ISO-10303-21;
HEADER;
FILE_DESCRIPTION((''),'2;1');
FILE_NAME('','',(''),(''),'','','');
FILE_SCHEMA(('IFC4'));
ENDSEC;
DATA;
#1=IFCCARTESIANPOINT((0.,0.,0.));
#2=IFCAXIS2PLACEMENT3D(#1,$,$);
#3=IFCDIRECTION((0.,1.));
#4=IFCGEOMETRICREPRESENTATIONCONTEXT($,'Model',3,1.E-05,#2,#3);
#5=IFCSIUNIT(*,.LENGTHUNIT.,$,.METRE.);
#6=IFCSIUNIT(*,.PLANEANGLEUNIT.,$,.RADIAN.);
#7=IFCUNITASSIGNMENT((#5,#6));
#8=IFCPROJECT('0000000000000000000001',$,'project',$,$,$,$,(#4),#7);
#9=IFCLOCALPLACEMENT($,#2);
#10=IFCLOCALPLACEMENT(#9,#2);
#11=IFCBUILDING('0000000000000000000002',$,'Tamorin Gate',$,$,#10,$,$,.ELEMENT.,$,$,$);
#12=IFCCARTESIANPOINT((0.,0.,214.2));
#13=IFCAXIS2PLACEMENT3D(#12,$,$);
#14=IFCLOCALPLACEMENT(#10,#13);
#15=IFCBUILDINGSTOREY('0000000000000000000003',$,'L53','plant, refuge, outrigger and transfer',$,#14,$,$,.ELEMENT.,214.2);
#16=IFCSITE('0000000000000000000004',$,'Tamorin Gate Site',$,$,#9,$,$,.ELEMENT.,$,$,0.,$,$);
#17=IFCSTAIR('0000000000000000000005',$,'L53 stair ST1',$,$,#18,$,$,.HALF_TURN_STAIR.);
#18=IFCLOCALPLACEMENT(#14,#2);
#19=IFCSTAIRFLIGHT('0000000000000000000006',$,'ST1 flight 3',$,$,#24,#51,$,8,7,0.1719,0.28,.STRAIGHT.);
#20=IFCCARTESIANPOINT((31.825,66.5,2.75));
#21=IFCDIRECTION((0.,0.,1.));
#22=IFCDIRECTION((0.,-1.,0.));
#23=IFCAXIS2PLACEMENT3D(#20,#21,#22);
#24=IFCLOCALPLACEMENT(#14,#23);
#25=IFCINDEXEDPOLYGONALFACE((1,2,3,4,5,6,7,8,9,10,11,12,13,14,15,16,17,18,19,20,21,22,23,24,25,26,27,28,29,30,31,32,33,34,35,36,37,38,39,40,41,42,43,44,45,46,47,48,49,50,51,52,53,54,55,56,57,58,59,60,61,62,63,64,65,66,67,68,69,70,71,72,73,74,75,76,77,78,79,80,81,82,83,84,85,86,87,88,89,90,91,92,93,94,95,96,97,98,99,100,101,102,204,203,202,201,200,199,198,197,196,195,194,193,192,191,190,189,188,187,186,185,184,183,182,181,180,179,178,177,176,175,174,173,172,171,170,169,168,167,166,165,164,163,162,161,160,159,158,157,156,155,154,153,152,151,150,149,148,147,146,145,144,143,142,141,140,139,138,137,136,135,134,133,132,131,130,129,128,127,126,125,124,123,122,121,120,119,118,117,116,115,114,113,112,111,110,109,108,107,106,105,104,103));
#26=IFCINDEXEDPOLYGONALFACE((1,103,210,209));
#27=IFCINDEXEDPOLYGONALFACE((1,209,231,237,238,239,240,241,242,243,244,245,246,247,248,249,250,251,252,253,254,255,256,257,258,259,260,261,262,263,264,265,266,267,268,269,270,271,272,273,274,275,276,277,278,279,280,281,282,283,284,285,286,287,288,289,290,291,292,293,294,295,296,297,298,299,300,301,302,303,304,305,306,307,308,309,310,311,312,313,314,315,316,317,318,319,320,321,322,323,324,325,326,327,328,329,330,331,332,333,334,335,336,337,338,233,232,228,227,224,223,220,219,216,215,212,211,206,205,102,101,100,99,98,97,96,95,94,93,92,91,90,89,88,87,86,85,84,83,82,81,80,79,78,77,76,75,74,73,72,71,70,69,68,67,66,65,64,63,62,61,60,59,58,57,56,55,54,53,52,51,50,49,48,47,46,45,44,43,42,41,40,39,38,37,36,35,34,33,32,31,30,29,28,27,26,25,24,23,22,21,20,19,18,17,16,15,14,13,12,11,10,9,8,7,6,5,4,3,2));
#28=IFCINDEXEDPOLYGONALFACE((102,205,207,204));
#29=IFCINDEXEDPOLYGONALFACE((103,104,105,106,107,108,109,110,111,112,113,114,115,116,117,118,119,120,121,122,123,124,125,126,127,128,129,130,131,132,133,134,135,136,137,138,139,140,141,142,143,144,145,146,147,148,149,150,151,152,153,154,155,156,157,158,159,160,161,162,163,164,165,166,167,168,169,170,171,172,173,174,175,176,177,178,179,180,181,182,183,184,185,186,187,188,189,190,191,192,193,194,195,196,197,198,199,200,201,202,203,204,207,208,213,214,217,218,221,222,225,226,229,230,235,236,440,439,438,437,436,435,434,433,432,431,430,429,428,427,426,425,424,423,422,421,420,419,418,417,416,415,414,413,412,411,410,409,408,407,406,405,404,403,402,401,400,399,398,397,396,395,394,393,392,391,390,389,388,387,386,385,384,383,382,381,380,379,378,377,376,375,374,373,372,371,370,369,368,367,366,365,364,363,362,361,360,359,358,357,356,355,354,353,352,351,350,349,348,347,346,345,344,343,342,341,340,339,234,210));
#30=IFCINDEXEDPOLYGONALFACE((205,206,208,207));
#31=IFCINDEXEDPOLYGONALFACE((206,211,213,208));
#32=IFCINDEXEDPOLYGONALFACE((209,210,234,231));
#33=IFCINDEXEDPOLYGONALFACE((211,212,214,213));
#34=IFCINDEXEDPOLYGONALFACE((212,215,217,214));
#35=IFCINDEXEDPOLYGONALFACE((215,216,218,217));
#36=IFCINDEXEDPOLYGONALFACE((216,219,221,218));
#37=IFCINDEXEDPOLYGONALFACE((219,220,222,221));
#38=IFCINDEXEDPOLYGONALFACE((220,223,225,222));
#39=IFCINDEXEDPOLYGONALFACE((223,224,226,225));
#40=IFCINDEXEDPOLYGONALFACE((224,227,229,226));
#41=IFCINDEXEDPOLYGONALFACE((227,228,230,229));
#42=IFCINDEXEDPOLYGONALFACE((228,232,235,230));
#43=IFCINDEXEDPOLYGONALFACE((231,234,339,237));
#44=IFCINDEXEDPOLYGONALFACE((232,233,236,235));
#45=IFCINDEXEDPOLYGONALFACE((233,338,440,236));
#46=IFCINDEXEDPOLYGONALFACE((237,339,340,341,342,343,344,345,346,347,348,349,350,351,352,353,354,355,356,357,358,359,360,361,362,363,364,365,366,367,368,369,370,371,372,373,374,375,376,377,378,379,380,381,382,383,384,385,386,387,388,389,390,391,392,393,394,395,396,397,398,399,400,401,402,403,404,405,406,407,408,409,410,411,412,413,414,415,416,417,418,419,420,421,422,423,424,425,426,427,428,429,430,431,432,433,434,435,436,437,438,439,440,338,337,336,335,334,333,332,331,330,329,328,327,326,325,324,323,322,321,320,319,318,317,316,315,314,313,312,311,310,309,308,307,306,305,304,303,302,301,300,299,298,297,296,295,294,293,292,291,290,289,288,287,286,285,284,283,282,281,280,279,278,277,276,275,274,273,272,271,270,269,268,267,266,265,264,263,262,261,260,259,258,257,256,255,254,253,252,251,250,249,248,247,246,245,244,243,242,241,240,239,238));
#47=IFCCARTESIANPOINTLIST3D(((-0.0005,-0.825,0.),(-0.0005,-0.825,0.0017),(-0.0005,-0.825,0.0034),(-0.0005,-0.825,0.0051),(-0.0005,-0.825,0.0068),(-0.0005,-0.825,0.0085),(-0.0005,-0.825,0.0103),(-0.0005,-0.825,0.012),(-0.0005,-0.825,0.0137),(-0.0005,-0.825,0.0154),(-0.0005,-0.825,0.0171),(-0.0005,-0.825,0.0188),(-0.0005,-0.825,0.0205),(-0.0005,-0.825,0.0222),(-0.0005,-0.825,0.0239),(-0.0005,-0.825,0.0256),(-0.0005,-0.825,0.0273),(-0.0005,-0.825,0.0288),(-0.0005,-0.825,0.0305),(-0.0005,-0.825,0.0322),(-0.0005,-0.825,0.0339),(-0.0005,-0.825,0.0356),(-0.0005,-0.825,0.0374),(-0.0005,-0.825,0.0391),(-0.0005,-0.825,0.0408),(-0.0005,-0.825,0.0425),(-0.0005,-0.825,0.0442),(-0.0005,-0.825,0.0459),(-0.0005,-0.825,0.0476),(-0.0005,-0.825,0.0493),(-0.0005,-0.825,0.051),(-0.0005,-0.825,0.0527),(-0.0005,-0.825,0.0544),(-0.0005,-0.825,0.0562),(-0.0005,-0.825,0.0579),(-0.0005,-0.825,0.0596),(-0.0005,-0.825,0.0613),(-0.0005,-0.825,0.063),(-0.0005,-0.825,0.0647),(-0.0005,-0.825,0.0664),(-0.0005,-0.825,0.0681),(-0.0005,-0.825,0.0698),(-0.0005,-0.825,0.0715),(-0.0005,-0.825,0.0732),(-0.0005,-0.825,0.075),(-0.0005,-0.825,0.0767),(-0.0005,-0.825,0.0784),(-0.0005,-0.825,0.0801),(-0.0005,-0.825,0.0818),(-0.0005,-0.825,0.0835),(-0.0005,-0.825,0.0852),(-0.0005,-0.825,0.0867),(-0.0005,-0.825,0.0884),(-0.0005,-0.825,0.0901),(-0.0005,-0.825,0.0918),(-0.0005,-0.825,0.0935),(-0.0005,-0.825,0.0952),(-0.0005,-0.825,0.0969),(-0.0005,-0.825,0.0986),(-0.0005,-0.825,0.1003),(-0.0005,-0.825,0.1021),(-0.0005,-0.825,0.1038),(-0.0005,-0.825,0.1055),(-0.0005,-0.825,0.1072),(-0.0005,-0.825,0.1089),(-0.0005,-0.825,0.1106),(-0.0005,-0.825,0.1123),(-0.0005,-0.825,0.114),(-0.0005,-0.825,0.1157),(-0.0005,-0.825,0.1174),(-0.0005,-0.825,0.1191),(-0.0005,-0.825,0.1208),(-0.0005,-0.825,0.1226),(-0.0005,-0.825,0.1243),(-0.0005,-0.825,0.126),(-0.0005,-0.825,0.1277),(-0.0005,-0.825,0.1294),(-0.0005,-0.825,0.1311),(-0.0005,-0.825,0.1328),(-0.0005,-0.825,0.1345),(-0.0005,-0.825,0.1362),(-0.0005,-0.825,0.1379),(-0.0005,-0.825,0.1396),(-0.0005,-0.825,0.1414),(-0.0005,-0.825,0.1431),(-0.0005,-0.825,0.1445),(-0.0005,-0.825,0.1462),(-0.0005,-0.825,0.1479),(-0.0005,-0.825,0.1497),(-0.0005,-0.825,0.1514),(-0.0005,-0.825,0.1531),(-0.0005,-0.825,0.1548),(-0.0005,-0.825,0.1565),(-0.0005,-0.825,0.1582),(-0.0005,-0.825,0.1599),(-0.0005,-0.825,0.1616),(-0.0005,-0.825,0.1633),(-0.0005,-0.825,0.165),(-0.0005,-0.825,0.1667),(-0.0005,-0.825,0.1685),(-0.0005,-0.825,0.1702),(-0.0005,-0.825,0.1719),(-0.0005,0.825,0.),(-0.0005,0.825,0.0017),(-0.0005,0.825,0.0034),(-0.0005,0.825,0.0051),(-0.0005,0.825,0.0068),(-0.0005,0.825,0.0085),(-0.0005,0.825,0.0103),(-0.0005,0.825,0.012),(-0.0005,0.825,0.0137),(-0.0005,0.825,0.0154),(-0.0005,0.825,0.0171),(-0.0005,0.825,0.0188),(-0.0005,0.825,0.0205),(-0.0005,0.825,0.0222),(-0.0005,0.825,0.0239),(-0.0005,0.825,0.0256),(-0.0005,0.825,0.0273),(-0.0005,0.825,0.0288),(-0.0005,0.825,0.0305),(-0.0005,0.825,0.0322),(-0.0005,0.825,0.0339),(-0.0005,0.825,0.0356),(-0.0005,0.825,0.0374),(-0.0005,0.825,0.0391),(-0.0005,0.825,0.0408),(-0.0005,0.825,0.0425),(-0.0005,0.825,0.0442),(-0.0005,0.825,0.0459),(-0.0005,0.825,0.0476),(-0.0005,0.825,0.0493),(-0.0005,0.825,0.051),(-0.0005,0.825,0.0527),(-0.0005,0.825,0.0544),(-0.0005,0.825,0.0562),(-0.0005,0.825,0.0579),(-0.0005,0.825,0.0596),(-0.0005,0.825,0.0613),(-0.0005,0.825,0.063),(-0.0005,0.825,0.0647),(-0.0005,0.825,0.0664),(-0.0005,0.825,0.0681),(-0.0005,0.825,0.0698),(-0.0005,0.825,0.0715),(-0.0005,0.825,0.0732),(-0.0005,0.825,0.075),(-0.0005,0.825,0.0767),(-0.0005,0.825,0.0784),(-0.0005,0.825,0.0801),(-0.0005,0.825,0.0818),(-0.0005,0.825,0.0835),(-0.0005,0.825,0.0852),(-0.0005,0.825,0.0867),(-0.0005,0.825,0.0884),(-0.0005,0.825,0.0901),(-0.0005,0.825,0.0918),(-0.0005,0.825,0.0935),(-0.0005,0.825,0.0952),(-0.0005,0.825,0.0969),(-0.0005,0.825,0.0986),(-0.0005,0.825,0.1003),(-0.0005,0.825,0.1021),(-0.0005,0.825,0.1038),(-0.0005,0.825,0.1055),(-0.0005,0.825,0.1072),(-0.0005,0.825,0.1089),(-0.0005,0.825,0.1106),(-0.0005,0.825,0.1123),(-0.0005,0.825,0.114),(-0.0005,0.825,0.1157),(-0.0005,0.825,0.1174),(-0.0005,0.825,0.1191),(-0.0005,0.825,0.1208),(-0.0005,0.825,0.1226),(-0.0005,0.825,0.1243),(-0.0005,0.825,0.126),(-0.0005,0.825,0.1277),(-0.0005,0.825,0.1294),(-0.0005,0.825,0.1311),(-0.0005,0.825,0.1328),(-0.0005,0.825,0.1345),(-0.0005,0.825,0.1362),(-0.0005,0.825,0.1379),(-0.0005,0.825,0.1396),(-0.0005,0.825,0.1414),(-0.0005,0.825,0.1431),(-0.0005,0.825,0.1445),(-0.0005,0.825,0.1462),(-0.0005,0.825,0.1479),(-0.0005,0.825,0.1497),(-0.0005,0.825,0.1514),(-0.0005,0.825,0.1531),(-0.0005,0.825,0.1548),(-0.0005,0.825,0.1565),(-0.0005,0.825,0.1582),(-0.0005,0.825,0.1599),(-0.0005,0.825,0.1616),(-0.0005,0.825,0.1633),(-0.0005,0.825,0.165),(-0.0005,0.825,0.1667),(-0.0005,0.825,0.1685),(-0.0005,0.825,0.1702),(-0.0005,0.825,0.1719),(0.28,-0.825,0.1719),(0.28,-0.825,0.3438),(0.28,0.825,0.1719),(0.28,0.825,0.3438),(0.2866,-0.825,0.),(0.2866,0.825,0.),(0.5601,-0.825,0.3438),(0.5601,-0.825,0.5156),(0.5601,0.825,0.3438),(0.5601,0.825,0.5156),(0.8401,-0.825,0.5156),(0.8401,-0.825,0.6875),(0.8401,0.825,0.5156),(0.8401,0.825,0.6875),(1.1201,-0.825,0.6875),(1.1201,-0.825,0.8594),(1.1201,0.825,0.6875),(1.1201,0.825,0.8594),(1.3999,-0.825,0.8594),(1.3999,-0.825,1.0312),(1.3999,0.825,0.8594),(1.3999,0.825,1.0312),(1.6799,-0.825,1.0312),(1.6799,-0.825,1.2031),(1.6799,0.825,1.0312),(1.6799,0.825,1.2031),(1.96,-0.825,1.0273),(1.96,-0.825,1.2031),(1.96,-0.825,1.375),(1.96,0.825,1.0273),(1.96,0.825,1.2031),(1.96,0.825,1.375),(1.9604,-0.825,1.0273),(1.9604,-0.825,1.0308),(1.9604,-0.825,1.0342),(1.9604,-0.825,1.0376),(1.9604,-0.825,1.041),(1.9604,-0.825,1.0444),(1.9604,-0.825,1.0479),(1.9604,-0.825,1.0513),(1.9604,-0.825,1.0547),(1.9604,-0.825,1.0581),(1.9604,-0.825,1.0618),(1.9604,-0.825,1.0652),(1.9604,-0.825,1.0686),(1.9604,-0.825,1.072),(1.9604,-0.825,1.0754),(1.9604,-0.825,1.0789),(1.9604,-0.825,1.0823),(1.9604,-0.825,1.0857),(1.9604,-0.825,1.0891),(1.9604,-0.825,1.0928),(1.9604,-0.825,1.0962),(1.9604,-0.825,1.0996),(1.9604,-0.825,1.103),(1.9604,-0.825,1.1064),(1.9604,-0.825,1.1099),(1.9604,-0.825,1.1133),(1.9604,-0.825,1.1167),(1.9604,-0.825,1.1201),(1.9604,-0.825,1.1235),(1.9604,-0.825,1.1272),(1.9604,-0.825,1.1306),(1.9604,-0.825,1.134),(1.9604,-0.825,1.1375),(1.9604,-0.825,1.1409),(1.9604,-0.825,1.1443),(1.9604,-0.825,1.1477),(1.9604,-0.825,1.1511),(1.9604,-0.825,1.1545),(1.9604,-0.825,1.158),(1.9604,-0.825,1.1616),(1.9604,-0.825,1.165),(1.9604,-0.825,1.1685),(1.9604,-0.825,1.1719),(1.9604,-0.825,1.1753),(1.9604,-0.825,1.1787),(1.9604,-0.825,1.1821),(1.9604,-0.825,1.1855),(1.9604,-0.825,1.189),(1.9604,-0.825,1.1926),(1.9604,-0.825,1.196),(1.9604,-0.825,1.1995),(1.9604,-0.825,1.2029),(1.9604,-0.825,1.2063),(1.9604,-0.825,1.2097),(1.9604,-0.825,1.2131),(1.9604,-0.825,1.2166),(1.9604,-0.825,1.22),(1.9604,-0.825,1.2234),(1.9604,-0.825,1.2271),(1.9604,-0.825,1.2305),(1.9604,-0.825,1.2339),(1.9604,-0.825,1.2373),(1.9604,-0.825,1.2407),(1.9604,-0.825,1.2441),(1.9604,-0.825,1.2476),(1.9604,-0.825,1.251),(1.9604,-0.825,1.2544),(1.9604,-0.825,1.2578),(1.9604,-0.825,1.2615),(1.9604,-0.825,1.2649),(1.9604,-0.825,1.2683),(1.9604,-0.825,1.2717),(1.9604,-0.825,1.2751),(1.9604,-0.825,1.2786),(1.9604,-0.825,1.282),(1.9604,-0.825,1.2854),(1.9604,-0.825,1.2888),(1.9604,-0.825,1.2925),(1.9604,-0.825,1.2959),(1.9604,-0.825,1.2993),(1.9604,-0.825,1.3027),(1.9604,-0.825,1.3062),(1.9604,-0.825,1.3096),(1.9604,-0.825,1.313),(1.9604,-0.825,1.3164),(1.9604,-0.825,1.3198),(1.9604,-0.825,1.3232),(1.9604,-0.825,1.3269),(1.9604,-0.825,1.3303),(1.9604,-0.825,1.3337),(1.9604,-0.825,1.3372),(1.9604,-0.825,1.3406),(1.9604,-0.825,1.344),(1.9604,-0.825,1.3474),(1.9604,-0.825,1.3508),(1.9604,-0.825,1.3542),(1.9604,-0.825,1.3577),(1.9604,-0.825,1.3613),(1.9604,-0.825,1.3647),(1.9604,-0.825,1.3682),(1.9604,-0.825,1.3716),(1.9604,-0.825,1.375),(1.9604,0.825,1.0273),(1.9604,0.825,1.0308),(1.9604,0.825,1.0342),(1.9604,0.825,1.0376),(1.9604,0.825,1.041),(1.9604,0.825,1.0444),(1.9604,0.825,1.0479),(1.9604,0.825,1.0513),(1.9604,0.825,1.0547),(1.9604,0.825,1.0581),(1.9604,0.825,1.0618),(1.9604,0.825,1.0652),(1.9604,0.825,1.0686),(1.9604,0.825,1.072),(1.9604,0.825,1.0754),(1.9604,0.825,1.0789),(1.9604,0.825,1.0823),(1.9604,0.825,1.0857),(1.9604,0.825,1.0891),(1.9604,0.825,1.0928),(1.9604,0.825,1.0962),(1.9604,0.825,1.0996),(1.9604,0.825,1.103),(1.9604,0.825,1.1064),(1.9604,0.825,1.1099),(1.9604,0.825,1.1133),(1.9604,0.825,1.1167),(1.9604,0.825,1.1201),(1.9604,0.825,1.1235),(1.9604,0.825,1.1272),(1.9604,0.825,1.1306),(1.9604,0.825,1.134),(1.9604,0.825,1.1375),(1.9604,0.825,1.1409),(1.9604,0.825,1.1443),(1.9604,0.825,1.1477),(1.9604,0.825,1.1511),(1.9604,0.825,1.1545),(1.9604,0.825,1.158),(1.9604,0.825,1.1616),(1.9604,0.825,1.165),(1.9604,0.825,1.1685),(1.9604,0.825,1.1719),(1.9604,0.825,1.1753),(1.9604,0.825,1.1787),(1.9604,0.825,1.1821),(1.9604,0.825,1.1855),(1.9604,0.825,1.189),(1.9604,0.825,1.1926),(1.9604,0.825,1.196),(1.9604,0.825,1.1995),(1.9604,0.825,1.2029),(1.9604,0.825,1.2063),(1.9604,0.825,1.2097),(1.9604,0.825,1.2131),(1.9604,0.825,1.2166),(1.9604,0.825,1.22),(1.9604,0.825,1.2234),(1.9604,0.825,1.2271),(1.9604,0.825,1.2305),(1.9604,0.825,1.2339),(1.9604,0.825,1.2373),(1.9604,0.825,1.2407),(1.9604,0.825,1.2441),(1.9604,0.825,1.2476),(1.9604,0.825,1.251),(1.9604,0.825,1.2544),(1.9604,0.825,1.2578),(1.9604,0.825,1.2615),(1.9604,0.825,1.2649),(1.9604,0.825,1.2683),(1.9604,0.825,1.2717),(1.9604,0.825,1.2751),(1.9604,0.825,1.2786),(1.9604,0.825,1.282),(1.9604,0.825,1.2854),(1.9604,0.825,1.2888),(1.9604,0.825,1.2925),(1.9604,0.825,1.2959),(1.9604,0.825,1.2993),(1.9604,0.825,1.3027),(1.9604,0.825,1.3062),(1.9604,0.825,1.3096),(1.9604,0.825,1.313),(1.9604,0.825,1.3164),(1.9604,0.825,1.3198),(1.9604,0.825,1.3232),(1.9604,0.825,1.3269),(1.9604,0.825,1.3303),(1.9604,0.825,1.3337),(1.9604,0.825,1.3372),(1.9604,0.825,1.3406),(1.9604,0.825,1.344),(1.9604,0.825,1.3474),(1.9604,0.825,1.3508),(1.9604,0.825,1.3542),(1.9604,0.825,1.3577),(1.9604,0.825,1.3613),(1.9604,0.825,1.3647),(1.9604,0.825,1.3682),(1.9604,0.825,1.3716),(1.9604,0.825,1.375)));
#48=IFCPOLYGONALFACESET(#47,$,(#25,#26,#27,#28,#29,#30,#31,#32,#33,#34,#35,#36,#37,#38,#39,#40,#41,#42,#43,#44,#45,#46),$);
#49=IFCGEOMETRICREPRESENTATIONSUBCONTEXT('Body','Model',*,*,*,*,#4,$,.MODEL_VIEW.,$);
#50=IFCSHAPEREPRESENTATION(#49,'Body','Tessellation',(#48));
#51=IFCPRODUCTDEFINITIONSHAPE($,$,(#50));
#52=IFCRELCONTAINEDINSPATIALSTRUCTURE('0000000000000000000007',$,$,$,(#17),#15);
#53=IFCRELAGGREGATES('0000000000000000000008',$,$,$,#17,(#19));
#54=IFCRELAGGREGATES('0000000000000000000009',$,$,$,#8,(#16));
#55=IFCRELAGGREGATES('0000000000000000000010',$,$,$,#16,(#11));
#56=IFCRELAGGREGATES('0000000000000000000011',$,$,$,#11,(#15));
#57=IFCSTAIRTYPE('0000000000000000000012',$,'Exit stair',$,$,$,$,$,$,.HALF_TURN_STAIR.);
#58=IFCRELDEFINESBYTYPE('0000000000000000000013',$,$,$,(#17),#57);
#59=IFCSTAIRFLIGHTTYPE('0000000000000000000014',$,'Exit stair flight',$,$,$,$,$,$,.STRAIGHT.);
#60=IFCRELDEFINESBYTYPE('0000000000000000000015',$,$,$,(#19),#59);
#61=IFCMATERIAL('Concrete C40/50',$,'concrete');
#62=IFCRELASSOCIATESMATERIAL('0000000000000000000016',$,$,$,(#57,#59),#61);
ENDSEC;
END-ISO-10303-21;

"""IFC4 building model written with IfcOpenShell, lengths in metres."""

from ifc_helpers import new_model, si_unit, direction, frame, origin, place, context, subcontext, project, spatial, polyline, outline, extrude, material, type_object, element, aggregate, save


model = new_model("IFC4")

# Units and contexts
model_context = context("Model", 3, precision=1e-05, world=origin(), true_north=direction((0.0, 1.0)))
body_context = subcontext(model_context, "Body", "Model", "MODEL_VIEW")
ifc_project = project(units=[si_unit("LENGTHUNIT", "METRE"), si_unit("PLANEANGLEUNIT", "RADIAN")], contexts=[model_context])

# Site, building, storey
site_placement = place(None, origin())
site = spatial("IfcSite", under=ifc_project, at=site_placement, Name="Tamorin Gate Site", CompositionType="ELEMENT", RefElevation=0.0)
building_placement = place(site_placement, origin())
building = spatial("IfcBuilding", under=site, at=building_placement, Name="Tamorin Gate", CompositionType="ELEMENT")
storey_placement = place(building_placement, frame((0.0, 0.0, 214.2)))
storey = spatial("IfcBuildingStorey", under=building, at=storey_placement, Name="L53", Description="plant, refuge, outrigger and transfer", CompositionType="ELEMENT", Elevation=214.2)

# Stair, stair flight
ifc_material_1 = material(Name="Concrete C40/50", Category="concrete")
stair_type = type_object("IfcStairType", Name="Exit stair", PredefinedType="HALF_TURN_STAIR", material=ifc_material_1)
stair_placement = place(storey_placement, origin())
stair = element("IfcStair", 1, at=stair_placement, inside=storey, type_object=stair_type, Name="L53 stair ST1", PredefinedType="HALF_TURN_STAIR")
stair_flight_type = type_object("IfcStairFlightType", Name="Exit stair flight", PredefinedType="STRAIGHT", material=ifc_material_1)
stair_flight_1_placement = place(storey_placement, frame((31.825, 66.5, 2.75), z_axis=(0.0, 0.0, 1.0), x_axis=(0.0, -1.0, 0.0)))
stair_flight_1 = element("IfcStairFlight", 2, at=stair_flight_1_placement, type_object=stair_flight_type, Name="ST1 flight 3", NumberOfRisers=8, NumberOfTreads=7, PredefinedType="STRAIGHT", RiserHeight=0.1719, TreadLength=0.28, context=body_context, shape_type="SweptSolid", body=[
    extrude(outline(polyline([(-0.0005, 0.0), (-0.0005, 0.0017), (-0.0005, 0.0034), (-0.0005, 0.0051), (-0.0005, 0.0068), (-0.0005, 0.0085), (-0.0005, 0.0103), (-0.0005, 0.012), (-0.0005, 0.0137), (-0.0005, 0.0154), (-0.0005, 0.0171), (-0.0005, 0.0188), (-0.0005, 0.0205), (-0.0005, 0.0222), (-0.0005, 0.0239), (-0.0005, 0.0256), (-0.0005, 0.0273), (-0.0005, 0.0288), (-0.0005, 0.0305), (-0.0005, 0.0322), (-0.0005, 0.0339), (-0.0005, 0.0356), (-0.0005, 0.0374), (-0.0005, 0.0391), (-0.0005, 0.0408), (-0.0005, 0.0425), (-0.0005, 0.0442), (-0.0005, 0.0459), (-0.0005, 0.0476), (-0.0005, 0.0493), (-0.0005, 0.051), (-0.0005, 0.0527), (-0.0005, 0.0544), (-0.0005, 0.0562), (-0.0005, 0.0579), (-0.0005, 0.0596), (-0.0005, 0.0613), (-0.0005, 0.063), (-0.0005, 0.0647), (-0.0005, 0.0664), (-0.0005, 0.0681), (-0.0005, 0.0698), (-0.0005, 0.0715), (-0.0005, 0.0732), (-0.0005, 0.075), (-0.0005, 0.0767), (-0.0005, 0.0784), (-0.0005, 0.0801), (-0.0005, 0.0818), (-0.0005, 0.0835), (-0.0005, 0.0852), (-0.0005, 0.0867), (-0.0005, 0.0884), (-0.0005, 0.0901), (-0.0005, 0.0918), (-0.0005, 0.0935), (-0.0005, 0.0952), (-0.0005, 0.0969), (-0.0005, 0.0986), (-0.0005, 0.1003), (-0.0005, 0.1021), (-0.0005, 0.1038), (-0.0005, 0.1055), (-0.0005, 0.1072), (-0.0005, 0.1089), (-0.0005, 0.1106), (-0.0005, 0.1123), (-0.0005, 0.114), (-0.0005, 0.1157), (-0.0005, 0.1174), (-0.0005, 0.1191), (-0.0005, 0.1208), (-0.0005, 0.1226), (-0.0005, 0.1243), (-0.0005, 0.126), (-0.0005, 0.1277), (-0.0005, 0.1294), (-0.0005, 0.1311), (-0.0005, 0.1328), (-0.0005, 0.1345), (-0.0005, 0.1362), (-0.0005, 0.1379), (-0.0005, 0.1396), (-0.0005, 0.1414), (-0.0005, 0.1431), (-0.0005, 0.1445), (-0.0005, 0.1462), (-0.0005, 0.1479), (-0.0005, 0.1497), (-0.0005, 0.1514), (-0.0005, 0.1531), (-0.0005, 0.1548), (-0.0005, 0.1565), (-0.0005, 0.1582), (-0.0005, 0.1599), (-0.0005, 0.1616), (-0.0005, 0.1633), (-0.0005, 0.165), (-0.0005, 0.1667), (-0.0005, 0.1685), (-0.0005, 0.1702), (-0.0005, 0.1719), (0.28, 0.1719), (0.28, 0.3438), (0.5601, 0.3438), (0.5601, 0.5156), (0.8401, 0.5156), (0.8401, 0.6875), (1.1201, 0.6875), (1.1201, 0.8594), (1.3999, 0.8594), (1.3999, 1.0312), (1.6799, 1.0312), (1.6799, 1.2031), (1.96, 1.2031), (1.96, 1.375), (1.9604, 1.375), (1.9604, 1.3716), (1.9604, 1.3682), (1.9604, 1.3647), (1.9604, 1.3613), (1.9604, 1.3577), (1.9604, 1.3542), (1.9604, 1.3508), (1.9604, 1.3474), (1.9604, 1.344), (1.9604, 1.3406), (1.9604, 1.3372), (1.9604, 1.3337), (1.9604, 1.3303), (1.9604, 1.3269), (1.9604, 1.3232), (1.9604, 1.3198), (1.9604, 1.3164), (1.9604, 1.313), (1.9604, 1.3096), (1.9604, 1.3062), (1.9604, 1.3027), (1.9604, 1.2993), (1.9604, 1.2959), (1.9604, 1.2925), (1.9604, 1.2888), (1.9604, 1.2854), (1.9604, 1.282), (1.9604, 1.2786), (1.9604, 1.2751), (1.9604, 1.2717), (1.9604, 1.2683), (1.9604, 1.2649), (1.9604, 1.2615), (1.9604, 1.2578), (1.9604, 1.2544), (1.9604, 1.251), (1.9604, 1.2476), (1.9604, 1.2441), (1.9604, 1.2407), (1.9604, 1.2373), (1.9604, 1.2339), (1.9604, 1.2305), (1.9604, 1.2271), (1.9604, 1.2234), (1.9604, 1.22), (1.9604, 1.2166), (1.9604, 1.2131), (1.9604, 1.2097), (1.9604, 1.2063), (1.9604, 1.2029), (1.9604, 1.1995), (1.9604, 1.196), (1.9604, 1.1926), (1.9604, 1.189), (1.9604, 1.1855), (1.9604, 1.1821), (1.9604, 1.1787), (1.9604, 1.1753), (1.9604, 1.1719), (1.9604, 1.1685), (1.9604, 1.165), (1.9604, 1.1616), (1.9604, 1.158), (1.9604, 1.1545), (1.9604, 1.1511), (1.9604, 1.1477), (1.9604, 1.1443), (1.9604, 1.1409), (1.9604, 1.1375), (1.9604, 1.134), (1.9604, 1.1306), (1.9604, 1.1272), (1.9604, 1.1235), (1.9604, 1.1201), (1.9604, 1.1167), (1.9604, 1.1133), (1.9604, 1.1099), (1.9604, 1.1064), (1.9604, 1.103), (1.9604, 1.0996), (1.9604, 1.0962), (1.9604, 1.0928), (1.9604, 1.0891), (1.9604, 1.0857), (1.9604, 1.0823), (1.9604, 1.0789), (1.9604, 1.0754), (1.9604, 1.072), (1.9604, 1.0686), (1.9604, 1.0652), (1.9604, 1.0618), (1.9604, 1.0581), (1.9604, 1.0547), (1.9604, 1.0513), (1.9604, 1.0479), (1.9604, 1.0444), (1.9604, 1.041), (1.9604, 1.0376), (1.9604, 1.0342), (1.9604, 1.0308), (1.9604, 1.0273), (1.96, 1.0273), (0.2866, 0.0), (-0.0005, 0.0)])), frame((0.0, 0.825, 0.0), z_axis=(0.0, -1.0, 0.0), x_axis=(1.0, 0.0, 0.0)), (0.0, 0.0, 1.0), 1.6499),
])
aggregate(stair, [stair_flight_1])

save(model, "model.ifc")
